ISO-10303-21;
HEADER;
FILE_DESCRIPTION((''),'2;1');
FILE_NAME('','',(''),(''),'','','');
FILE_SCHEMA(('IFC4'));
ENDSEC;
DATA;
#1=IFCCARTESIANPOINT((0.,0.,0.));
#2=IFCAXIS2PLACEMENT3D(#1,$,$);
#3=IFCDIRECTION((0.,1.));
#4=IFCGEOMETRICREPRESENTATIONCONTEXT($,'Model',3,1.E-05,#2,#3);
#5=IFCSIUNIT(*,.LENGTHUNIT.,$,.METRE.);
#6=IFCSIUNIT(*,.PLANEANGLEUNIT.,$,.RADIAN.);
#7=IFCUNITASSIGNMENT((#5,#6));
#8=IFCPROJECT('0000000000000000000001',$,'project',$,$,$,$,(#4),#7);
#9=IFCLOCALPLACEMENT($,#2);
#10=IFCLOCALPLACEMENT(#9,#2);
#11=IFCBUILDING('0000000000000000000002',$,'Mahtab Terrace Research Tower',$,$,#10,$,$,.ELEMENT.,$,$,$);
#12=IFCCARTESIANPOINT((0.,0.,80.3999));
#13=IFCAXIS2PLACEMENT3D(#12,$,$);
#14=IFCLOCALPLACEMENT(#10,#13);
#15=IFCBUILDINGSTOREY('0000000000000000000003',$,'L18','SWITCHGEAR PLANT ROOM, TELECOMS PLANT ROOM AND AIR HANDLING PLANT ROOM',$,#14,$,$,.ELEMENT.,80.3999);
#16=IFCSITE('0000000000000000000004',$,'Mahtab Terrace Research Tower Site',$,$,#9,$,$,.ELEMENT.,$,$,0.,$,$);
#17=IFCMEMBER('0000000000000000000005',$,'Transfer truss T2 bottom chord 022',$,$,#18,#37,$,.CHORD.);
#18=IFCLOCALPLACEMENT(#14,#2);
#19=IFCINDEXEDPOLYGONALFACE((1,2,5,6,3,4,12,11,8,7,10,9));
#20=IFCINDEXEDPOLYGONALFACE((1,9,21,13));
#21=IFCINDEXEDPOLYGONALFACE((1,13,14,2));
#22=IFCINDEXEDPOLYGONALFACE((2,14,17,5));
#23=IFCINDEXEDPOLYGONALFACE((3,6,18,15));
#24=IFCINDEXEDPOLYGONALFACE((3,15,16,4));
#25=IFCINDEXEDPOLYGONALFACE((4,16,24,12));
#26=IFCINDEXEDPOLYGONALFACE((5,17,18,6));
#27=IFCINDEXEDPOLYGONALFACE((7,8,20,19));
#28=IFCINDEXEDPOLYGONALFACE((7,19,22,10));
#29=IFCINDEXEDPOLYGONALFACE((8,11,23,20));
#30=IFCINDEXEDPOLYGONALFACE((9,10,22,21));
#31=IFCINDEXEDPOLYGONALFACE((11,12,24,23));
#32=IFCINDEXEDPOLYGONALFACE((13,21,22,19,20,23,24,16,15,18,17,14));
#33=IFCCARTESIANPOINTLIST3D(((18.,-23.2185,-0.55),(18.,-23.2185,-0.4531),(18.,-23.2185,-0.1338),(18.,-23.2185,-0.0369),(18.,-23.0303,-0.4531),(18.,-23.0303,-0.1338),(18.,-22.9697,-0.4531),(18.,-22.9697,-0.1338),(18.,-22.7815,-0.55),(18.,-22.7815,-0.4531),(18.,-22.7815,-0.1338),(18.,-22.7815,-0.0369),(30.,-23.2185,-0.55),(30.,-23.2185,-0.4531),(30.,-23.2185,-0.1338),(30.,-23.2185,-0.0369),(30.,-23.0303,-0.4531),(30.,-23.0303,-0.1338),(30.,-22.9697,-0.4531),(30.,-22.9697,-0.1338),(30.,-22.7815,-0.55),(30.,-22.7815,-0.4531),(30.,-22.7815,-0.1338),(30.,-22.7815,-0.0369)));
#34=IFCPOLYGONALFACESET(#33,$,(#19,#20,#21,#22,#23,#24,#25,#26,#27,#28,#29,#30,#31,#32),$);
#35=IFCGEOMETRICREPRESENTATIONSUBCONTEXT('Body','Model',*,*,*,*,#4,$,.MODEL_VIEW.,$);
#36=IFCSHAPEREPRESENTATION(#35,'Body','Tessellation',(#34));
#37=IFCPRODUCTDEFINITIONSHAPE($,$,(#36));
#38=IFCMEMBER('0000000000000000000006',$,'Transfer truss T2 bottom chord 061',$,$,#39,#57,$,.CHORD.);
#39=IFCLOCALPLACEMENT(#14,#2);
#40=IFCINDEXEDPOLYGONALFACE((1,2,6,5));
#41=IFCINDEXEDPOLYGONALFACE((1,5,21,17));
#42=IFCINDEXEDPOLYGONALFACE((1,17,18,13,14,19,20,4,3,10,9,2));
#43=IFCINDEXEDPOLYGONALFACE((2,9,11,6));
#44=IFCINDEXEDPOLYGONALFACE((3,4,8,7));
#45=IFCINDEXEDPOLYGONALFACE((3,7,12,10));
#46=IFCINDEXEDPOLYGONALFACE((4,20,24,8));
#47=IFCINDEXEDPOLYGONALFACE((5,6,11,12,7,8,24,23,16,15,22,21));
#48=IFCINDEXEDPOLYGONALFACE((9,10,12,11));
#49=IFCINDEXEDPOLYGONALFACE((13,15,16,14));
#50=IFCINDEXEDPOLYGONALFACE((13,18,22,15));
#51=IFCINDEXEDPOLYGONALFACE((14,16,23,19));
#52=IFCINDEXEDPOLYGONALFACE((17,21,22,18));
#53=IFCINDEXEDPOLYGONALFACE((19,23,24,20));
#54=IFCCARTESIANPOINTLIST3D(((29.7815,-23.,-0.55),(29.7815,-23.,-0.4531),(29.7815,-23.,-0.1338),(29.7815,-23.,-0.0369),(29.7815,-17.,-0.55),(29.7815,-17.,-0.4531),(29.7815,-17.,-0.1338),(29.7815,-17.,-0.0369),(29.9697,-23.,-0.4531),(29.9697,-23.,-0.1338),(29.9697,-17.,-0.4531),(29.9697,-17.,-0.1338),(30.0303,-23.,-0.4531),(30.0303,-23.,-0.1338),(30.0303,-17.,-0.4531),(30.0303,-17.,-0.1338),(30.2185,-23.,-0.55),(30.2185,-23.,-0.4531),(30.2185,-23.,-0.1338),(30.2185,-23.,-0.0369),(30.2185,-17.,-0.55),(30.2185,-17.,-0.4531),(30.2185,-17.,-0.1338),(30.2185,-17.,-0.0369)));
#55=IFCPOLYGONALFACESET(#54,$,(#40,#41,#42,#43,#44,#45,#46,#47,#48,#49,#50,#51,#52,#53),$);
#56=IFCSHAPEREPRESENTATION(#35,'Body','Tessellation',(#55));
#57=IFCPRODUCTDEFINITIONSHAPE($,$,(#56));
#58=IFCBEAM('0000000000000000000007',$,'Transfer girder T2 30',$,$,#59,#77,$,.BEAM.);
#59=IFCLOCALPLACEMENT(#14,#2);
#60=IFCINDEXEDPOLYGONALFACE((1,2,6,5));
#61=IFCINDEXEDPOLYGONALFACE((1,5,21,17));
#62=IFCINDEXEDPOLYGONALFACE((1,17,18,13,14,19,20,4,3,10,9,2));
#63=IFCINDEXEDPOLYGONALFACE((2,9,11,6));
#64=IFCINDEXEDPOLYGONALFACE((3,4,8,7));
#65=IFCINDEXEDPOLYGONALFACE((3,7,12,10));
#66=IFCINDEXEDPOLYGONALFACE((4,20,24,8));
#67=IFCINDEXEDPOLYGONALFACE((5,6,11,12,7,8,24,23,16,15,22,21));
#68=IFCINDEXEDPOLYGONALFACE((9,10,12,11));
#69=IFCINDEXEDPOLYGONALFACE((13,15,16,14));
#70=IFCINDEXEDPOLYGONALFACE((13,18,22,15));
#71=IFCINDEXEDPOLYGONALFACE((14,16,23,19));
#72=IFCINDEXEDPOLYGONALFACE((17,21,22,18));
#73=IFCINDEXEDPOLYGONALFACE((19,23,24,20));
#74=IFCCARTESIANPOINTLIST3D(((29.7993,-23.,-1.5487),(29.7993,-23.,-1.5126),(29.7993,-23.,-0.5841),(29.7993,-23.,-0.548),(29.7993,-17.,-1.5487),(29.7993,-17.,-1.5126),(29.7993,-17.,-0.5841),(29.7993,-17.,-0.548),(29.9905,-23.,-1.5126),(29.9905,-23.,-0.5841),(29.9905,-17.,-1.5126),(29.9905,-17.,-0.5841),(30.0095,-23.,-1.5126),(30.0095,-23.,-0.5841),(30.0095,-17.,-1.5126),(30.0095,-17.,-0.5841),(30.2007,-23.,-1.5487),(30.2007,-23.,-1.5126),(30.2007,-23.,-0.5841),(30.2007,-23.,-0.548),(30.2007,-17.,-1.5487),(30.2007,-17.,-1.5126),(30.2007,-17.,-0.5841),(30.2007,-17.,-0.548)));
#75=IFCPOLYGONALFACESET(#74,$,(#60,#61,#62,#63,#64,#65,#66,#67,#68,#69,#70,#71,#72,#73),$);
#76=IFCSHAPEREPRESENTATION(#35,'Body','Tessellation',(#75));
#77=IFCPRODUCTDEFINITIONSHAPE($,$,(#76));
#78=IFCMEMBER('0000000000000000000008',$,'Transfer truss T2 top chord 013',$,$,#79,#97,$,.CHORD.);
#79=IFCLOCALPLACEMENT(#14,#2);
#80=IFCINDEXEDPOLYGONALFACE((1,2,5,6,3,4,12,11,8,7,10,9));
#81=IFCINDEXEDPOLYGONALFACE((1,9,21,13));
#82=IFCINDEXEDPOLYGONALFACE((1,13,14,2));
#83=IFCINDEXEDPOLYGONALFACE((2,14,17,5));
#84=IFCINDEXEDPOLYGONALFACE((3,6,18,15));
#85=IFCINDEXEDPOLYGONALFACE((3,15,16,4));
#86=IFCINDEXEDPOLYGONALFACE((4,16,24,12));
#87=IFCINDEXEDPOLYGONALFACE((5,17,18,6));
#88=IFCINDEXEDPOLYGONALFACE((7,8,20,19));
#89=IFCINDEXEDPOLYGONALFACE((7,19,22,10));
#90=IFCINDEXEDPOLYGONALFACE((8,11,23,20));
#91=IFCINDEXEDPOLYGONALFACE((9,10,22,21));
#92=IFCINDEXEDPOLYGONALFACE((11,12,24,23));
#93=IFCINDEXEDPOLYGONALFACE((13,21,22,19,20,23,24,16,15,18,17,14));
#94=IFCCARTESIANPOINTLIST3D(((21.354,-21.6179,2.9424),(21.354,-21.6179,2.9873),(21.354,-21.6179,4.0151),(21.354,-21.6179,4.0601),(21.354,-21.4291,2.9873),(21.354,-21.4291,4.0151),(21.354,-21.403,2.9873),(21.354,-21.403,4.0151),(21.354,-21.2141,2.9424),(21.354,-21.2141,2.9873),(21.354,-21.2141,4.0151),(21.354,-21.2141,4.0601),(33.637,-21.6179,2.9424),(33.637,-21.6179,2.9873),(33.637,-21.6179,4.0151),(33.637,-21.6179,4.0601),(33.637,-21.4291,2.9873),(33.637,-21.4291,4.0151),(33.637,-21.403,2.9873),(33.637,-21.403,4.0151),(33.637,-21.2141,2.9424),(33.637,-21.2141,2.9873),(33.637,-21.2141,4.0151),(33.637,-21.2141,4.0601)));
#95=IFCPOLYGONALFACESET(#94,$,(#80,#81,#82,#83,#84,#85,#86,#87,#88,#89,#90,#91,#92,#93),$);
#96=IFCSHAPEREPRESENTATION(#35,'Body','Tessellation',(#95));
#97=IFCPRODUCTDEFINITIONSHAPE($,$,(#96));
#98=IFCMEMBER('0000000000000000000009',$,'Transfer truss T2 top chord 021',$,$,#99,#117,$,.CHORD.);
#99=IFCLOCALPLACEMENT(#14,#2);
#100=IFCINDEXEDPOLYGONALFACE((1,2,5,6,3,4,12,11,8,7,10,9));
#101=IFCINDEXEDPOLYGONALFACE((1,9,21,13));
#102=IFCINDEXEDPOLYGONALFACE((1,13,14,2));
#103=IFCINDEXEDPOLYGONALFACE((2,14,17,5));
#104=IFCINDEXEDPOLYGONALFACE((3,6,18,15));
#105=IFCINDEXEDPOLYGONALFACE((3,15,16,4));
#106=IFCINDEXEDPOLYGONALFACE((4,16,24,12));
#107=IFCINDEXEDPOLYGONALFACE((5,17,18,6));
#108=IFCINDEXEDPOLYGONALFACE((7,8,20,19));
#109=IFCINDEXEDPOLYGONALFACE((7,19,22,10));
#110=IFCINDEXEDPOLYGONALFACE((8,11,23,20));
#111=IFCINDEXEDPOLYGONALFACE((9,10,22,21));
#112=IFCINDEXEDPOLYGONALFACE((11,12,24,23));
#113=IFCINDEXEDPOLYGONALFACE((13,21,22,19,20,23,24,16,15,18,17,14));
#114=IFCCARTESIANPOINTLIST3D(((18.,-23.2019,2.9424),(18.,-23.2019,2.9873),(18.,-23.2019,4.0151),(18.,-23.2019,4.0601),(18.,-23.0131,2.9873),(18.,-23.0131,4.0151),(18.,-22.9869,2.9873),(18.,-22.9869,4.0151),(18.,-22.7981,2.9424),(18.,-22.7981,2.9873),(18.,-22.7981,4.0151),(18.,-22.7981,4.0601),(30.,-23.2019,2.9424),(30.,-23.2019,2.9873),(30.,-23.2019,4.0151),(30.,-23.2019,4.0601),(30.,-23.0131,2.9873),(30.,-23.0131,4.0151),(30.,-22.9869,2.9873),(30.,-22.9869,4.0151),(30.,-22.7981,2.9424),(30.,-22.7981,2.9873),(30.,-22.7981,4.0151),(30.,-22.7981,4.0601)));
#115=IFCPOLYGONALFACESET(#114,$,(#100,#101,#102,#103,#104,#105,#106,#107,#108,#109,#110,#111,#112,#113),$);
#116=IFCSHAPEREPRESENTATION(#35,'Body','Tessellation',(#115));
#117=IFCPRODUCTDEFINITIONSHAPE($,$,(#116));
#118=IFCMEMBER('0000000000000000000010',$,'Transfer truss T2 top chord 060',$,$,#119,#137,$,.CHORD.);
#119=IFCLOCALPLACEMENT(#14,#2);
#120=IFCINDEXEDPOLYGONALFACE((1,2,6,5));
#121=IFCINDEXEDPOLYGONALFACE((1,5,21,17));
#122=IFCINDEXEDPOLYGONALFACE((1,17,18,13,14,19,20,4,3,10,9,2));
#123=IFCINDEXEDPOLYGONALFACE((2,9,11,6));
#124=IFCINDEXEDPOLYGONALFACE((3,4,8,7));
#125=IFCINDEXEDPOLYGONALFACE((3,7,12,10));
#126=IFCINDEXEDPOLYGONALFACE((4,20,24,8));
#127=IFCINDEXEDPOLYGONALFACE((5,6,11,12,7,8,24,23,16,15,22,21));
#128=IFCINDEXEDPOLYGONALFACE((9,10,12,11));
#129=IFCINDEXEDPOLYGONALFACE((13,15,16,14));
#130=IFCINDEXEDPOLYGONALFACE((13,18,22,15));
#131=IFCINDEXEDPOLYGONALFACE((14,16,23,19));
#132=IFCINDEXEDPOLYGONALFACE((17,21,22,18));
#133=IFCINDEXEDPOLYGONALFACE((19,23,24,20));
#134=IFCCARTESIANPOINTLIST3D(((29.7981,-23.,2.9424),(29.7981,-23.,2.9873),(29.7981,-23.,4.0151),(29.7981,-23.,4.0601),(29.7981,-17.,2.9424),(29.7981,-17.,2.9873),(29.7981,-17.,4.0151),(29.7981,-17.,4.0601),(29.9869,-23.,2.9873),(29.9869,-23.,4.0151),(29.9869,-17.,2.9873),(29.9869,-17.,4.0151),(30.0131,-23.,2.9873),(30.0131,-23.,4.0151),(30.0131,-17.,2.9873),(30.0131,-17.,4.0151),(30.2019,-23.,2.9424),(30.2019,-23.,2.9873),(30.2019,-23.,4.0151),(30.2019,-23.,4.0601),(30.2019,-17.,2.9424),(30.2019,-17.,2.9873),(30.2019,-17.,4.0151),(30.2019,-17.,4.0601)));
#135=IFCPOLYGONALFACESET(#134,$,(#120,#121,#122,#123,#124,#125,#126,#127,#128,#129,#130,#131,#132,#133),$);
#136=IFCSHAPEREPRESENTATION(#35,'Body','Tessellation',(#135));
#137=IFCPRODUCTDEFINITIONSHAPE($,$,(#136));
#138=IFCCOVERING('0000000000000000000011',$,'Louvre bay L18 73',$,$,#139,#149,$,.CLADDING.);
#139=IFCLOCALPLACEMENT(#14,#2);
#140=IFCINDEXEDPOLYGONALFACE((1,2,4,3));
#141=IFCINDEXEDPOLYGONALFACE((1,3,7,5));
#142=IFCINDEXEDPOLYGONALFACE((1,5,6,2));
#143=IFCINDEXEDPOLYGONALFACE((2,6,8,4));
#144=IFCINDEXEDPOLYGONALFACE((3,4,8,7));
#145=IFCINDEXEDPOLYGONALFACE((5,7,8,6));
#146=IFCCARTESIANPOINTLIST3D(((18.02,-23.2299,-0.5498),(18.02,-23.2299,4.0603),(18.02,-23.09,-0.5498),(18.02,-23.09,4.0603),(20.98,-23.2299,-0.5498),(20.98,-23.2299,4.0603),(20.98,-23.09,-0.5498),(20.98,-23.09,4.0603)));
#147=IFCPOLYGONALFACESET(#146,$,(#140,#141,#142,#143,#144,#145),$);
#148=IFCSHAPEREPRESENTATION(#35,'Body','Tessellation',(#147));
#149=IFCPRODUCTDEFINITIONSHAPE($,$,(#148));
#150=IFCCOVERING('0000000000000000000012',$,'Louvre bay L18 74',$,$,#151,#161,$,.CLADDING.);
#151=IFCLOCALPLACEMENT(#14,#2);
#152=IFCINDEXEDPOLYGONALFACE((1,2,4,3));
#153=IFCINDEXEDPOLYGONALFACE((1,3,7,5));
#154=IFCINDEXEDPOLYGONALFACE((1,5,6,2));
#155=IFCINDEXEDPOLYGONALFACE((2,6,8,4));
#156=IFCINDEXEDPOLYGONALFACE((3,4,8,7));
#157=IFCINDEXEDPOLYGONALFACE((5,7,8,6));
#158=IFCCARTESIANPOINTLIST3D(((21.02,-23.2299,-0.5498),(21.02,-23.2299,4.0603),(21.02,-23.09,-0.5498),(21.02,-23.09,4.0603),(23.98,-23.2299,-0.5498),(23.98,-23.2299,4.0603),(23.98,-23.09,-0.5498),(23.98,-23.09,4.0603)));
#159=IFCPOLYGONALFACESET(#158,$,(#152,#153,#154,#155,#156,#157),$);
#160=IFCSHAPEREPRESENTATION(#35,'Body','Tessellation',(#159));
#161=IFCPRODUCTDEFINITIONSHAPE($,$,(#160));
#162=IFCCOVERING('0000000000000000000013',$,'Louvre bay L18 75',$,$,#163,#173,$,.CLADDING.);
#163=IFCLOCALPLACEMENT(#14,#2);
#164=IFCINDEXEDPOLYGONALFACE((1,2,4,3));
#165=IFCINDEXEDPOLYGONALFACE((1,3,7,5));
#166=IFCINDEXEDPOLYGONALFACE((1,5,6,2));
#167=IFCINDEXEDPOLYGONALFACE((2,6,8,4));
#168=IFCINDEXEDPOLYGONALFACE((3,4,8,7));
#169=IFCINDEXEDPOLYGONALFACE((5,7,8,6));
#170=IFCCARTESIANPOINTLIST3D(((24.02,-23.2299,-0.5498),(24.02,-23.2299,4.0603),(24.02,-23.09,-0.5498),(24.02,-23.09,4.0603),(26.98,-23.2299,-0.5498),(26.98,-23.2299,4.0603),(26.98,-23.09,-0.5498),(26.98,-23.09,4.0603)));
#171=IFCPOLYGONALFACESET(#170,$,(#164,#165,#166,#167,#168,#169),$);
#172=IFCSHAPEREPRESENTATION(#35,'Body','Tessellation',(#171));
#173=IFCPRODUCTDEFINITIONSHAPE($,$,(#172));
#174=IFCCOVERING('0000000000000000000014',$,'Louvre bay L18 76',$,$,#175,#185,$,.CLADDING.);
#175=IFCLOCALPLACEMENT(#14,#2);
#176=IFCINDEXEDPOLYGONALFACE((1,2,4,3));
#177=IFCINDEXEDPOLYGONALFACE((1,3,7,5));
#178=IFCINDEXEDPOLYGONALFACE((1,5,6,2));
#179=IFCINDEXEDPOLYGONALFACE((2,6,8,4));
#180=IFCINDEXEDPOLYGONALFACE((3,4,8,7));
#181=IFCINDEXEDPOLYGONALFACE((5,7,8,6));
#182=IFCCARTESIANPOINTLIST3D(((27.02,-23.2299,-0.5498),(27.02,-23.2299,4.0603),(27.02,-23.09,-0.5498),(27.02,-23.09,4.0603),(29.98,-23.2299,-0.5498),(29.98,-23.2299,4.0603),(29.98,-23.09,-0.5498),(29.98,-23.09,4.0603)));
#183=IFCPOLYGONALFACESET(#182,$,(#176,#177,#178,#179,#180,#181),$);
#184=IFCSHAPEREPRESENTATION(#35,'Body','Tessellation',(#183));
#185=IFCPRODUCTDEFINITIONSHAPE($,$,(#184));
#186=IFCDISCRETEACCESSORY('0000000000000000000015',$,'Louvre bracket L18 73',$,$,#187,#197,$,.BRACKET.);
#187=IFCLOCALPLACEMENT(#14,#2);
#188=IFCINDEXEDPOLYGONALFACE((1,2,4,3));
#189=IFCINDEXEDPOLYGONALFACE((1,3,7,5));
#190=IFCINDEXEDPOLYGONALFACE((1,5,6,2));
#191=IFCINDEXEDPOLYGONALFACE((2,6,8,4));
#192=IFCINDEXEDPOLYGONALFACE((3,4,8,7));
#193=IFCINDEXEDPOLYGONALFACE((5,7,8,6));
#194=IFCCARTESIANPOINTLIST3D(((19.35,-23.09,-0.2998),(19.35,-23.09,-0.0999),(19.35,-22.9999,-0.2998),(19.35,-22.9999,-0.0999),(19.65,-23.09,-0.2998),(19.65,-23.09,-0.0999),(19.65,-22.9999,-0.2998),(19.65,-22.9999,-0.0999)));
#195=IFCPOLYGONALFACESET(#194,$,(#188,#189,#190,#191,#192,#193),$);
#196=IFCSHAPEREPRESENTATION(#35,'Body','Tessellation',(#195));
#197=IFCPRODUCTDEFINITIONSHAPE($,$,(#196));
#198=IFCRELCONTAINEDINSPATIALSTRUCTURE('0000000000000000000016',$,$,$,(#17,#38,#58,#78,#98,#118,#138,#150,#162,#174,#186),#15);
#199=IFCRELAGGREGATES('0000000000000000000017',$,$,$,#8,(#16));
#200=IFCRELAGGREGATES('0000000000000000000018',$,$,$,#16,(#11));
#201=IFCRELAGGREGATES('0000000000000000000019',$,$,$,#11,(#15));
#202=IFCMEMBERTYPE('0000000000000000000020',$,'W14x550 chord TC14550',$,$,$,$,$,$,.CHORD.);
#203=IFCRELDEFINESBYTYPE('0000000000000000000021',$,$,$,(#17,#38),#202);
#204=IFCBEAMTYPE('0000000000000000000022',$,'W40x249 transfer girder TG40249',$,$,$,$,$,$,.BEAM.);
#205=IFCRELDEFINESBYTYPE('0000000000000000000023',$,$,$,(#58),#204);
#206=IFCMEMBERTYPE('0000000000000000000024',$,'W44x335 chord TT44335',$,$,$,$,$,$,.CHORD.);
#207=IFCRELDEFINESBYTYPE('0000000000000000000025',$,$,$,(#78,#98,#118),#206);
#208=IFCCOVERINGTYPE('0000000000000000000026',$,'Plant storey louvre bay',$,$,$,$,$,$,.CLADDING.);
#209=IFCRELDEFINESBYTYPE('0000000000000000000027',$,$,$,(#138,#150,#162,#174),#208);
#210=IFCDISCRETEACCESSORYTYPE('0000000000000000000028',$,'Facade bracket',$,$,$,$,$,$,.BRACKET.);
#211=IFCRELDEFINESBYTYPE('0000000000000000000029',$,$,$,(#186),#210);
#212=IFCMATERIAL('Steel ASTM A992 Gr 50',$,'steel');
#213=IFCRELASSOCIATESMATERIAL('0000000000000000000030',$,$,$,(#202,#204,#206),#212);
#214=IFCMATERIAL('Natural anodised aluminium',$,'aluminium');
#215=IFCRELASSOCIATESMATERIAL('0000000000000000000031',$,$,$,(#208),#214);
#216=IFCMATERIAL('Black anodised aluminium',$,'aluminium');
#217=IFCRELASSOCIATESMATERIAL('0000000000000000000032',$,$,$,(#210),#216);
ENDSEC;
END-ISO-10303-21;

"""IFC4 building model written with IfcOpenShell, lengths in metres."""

from ifc_helpers import new_model, si_unit, direction, frame, origin, origin_2d, place, context, subcontext, project, spatial, rectangle, i_section, extrude, material, material_profile, profile_set, type_object, element, save


model = new_model("IFC4")

# Units and contexts
model_context = context("Model", 3, precision=1e-05, world=origin(), true_north=direction((0.0, 1.0)))
body_context = subcontext(model_context, "Body", "Model", "MODEL_VIEW")
ifc_project = project(units=[si_unit("LENGTHUNIT", "METRE"), si_unit("PLANEANGLEUNIT", "RADIAN")], contexts=[model_context])

# Site, building, storey
site_placement = place(None, origin())
site = spatial("IfcSite", under=ifc_project, at=site_placement, Name="Mahtab Terrace Research Tower Site", CompositionType="ELEMENT", RefElevation=0.0)
building_placement = place(site_placement, origin())
building = spatial("IfcBuilding", under=site, at=building_placement, Name="Mahtab Terrace Research Tower", CompositionType="ELEMENT")
storey_placement = place(building_placement, frame((0.0, 0.0, 80.3999)))
storey = spatial("IfcBuildingStorey", under=building, at=storey_placement, Name="L18", Description="SWITCHGEAR PLANT ROOM, TELECOMS PLANT ROOM AND AIR HANDLING PLANT ROOM", CompositionType="ELEMENT", Elevation=80.3999)

# Members
ifc_material_1 = material(Name="Steel ASTM A992 Gr 50", Category="steel")
ifc_material_profile_1 = material_profile(ifc_material_1, i_section(OverallWidth=0.437, OverallDepth=0.5132, WebThickness=0.0605, FlangeThickness=0.0969, at=origin_2d()), Name="W14X550")
ifc_profile_set_1 = profile_set([ifc_material_profile_1], Name="Steel ASTM A992 Gr 50")
member_type_1 = type_object("IfcMemberType", Name="W14x550 chord TC14550", PredefinedType="CHORD", material=ifc_profile_set_1)
member_1_placement = place(storey_placement, frame((30.0, -23.0, -0.2935), z_axis=(-1.0, 0.0, 0.0), x_axis=(0.0, -1.0, 0.0)))
element("IfcMember", 1, at=member_1_placement, inside=storey, type_object=member_type_1, Name="Transfer truss T2 bottom chord 022", PredefinedType="CHORD", context=body_context, shape_type="SweptSolid", body=[
    extrude(i_section(OverallWidth=0.437, OverallDepth=0.5132, WebThickness=0.0605, FlangeThickness=0.0969, at=origin_2d()), origin(), (0.0, 0.0, 1.0), 12.0),
])
member_2_placement = place(storey_placement, frame((30.0, -23.0, -0.2935), z_axis=(0.0, 1.0, 0.0), x_axis=(-1.0, 0.0, 0.0)))
element("IfcMember", 2, at=member_2_placement, inside=storey, type_object=member_type_1, Name="Transfer truss T2 bottom chord 061", PredefinedType="CHORD", context=body_context, shape_type="SweptSolid", body=[
    extrude(i_section(OverallWidth=0.437, OverallDepth=0.5132, WebThickness=0.0605, FlangeThickness=0.0969, at=origin_2d()), origin(), (0.0, 0.0, 1.0), 6.0),
])

# Beam
ifc_material_profile_2 = material_profile(ifc_material_1, i_section(OverallWidth=0.4014, OverallDepth=1.0007, WebThickness=0.019, FlangeThickness=0.0361, at=origin_2d()), Name="W40X249")
ifc_profile_set_2 = profile_set([ifc_material_profile_2], Name="Steel ASTM A992 Gr 50")
beam_type = type_object("IfcBeamType", Name="W40x249 transfer girder TG40249", PredefinedType="BEAM", material=ifc_profile_set_2)
beam_placement = place(storey_placement, frame((30.0, -23.0, -1.0483), z_axis=(0.0, 1.0, 0.0), x_axis=(-1.0, 0.0, 0.0)))
element("IfcBeam", 3, at=beam_placement, inside=storey, type_object=beam_type, Name="Transfer girder T2 30", PredefinedType="BEAM", context=body_context, shape_type="SweptSolid", body=[
    extrude(i_section(OverallWidth=0.4014, OverallDepth=1.0007, WebThickness=0.019, FlangeThickness=0.0361, at=origin_2d()), origin(), (0.0, 0.0, 1.0), 6.0),
])

# Members
ifc_material_profile_3 = material_profile(ifc_material_1, i_section(OverallWidth=0.4038, OverallDepth=1.1177, WebThickness=0.0261, FlangeThickness=0.0449, at=origin_2d()), Name="W44X335")
ifc_profile_set_3 = profile_set([ifc_material_profile_3], Name="Steel ASTM A992 Gr 50")
member_type_2 = type_object("IfcMemberType", Name="W44x335 chord TT44335", PredefinedType="CHORD", material=ifc_profile_set_3)
member_3_placement = place(storey_placement, frame((21.354, -21.416, 3.5012), z_axis=(1.0, 0.0, 0.0), x_axis=(0.0, 1.0, 0.0)))
element("IfcMember", 4, at=member_3_placement, inside=storey, type_object=member_type_2, Name="Transfer truss T2 top chord 013", PredefinedType="CHORD", context=body_context, shape_type="SweptSolid", body=[
    extrude(i_section(OverallWidth=0.4038, OverallDepth=1.1177, WebThickness=0.0261, FlangeThickness=0.0449, at=origin_2d()), origin(), (0.0, 0.0, 1.0), 12.283),
])
member_4_placement = place(storey_placement, frame((30.0, -23.0, 3.5012), z_axis=(-1.0, 0.0, 0.0), x_axis=(0.0, -1.0, 0.0)))
element("IfcMember", 5, at=member_4_placement, inside=storey, type_object=member_type_2, Name="Transfer truss T2 top chord 021", PredefinedType="CHORD", context=body_context, shape_type="SweptSolid", body=[
    extrude(i_section(OverallWidth=0.4038, OverallDepth=1.1177, WebThickness=0.0261, FlangeThickness=0.0449, at=origin_2d()), origin(), (0.0, 0.0, 1.0), 12.0),
])
member_5_placement = place(storey_placement, frame((30.0, -23.0, 3.5012), z_axis=(0.0, 1.0, 0.0), x_axis=(-1.0, 0.0, 0.0)))
element("IfcMember", 6, at=member_5_placement, inside=storey, type_object=member_type_2, Name="Transfer truss T2 top chord 060", PredefinedType="CHORD", context=body_context, shape_type="SweptSolid", body=[
    extrude(i_section(OverallWidth=0.4038, OverallDepth=1.1177, WebThickness=0.0261, FlangeThickness=0.0449, at=origin_2d()), origin(), (0.0, 0.0, 1.0), 6.0),
])

# Coverings
ifc_material_2 = material(Name="Natural anodised aluminium", Category="aluminium")
covering_type = type_object("IfcCoveringType", Name="Plant storey louvre bay", PredefinedType="CLADDING", material=ifc_material_2)
for number, where, z_axis, x_axis, name in (
    (7, (19.5, -23.1599, -0.5498), (0.0, 0.0, 1.0), (1.0, 0.0, 0.0), "Louvre bay L18 73"),
    (8, (22.5, -23.1599, -0.5498), (0.0, 0.0, 1.0), (1.0, 0.0, 0.0), "Louvre bay L18 74"),
    (9, (25.5, -23.1599, -0.5498), (0.0, 0.0, 1.0), (1.0, 0.0, 0.0), "Louvre bay L18 75"),
    (10, (28.5, -23.1599, -0.5498), (0.0, 0.0, 1.0), (1.0, 0.0, 0.0), "Louvre bay L18 76"),
):
    element("IfcCovering", number, at=place(storey_placement, frame(where, z_axis=z_axis, x_axis=x_axis)), inside=storey, type_object=covering_type, Name=name, PredefinedType="CLADDING", context=body_context, shape_type="SweptSolid", body=[
        extrude(rectangle(XDim=2.96, YDim=0.1399, at=origin_2d()), origin(), (0.0, 0.0, 1.0), 4.6101),
    ])

# Discrete accessory
ifc_material_3 = material(Name="Black anodised aluminium", Category="aluminium")
discrete_accessory_type_1 = type_object("IfcDiscreteAccessoryType", Name="Facade bracket", PredefinedType="BRACKET", material=ifc_material_3)
for number, where, z_axis, x_axis, name in (
    (11, (19.5, -23.0449, -0.2998), (0.0, 0.0, 1.0), (1.0, 0.0, 0.0), "Louvre bracket L18 73"),
):
    element("IfcDiscreteAccessory", number, at=place(storey_placement, frame(where, z_axis=z_axis, x_axis=x_axis)), inside=storey, type_object=discrete_accessory_type_1, Name=name, PredefinedType="BRACKET", context=body_context, shape_type="SweptSolid", body=[
        extrude(rectangle(XDim=0.3, YDim=0.0901, at=origin_2d()), origin(), (0.0, 0.0, 1.0), 0.2),
    ])

save(model, "model.ifc")
